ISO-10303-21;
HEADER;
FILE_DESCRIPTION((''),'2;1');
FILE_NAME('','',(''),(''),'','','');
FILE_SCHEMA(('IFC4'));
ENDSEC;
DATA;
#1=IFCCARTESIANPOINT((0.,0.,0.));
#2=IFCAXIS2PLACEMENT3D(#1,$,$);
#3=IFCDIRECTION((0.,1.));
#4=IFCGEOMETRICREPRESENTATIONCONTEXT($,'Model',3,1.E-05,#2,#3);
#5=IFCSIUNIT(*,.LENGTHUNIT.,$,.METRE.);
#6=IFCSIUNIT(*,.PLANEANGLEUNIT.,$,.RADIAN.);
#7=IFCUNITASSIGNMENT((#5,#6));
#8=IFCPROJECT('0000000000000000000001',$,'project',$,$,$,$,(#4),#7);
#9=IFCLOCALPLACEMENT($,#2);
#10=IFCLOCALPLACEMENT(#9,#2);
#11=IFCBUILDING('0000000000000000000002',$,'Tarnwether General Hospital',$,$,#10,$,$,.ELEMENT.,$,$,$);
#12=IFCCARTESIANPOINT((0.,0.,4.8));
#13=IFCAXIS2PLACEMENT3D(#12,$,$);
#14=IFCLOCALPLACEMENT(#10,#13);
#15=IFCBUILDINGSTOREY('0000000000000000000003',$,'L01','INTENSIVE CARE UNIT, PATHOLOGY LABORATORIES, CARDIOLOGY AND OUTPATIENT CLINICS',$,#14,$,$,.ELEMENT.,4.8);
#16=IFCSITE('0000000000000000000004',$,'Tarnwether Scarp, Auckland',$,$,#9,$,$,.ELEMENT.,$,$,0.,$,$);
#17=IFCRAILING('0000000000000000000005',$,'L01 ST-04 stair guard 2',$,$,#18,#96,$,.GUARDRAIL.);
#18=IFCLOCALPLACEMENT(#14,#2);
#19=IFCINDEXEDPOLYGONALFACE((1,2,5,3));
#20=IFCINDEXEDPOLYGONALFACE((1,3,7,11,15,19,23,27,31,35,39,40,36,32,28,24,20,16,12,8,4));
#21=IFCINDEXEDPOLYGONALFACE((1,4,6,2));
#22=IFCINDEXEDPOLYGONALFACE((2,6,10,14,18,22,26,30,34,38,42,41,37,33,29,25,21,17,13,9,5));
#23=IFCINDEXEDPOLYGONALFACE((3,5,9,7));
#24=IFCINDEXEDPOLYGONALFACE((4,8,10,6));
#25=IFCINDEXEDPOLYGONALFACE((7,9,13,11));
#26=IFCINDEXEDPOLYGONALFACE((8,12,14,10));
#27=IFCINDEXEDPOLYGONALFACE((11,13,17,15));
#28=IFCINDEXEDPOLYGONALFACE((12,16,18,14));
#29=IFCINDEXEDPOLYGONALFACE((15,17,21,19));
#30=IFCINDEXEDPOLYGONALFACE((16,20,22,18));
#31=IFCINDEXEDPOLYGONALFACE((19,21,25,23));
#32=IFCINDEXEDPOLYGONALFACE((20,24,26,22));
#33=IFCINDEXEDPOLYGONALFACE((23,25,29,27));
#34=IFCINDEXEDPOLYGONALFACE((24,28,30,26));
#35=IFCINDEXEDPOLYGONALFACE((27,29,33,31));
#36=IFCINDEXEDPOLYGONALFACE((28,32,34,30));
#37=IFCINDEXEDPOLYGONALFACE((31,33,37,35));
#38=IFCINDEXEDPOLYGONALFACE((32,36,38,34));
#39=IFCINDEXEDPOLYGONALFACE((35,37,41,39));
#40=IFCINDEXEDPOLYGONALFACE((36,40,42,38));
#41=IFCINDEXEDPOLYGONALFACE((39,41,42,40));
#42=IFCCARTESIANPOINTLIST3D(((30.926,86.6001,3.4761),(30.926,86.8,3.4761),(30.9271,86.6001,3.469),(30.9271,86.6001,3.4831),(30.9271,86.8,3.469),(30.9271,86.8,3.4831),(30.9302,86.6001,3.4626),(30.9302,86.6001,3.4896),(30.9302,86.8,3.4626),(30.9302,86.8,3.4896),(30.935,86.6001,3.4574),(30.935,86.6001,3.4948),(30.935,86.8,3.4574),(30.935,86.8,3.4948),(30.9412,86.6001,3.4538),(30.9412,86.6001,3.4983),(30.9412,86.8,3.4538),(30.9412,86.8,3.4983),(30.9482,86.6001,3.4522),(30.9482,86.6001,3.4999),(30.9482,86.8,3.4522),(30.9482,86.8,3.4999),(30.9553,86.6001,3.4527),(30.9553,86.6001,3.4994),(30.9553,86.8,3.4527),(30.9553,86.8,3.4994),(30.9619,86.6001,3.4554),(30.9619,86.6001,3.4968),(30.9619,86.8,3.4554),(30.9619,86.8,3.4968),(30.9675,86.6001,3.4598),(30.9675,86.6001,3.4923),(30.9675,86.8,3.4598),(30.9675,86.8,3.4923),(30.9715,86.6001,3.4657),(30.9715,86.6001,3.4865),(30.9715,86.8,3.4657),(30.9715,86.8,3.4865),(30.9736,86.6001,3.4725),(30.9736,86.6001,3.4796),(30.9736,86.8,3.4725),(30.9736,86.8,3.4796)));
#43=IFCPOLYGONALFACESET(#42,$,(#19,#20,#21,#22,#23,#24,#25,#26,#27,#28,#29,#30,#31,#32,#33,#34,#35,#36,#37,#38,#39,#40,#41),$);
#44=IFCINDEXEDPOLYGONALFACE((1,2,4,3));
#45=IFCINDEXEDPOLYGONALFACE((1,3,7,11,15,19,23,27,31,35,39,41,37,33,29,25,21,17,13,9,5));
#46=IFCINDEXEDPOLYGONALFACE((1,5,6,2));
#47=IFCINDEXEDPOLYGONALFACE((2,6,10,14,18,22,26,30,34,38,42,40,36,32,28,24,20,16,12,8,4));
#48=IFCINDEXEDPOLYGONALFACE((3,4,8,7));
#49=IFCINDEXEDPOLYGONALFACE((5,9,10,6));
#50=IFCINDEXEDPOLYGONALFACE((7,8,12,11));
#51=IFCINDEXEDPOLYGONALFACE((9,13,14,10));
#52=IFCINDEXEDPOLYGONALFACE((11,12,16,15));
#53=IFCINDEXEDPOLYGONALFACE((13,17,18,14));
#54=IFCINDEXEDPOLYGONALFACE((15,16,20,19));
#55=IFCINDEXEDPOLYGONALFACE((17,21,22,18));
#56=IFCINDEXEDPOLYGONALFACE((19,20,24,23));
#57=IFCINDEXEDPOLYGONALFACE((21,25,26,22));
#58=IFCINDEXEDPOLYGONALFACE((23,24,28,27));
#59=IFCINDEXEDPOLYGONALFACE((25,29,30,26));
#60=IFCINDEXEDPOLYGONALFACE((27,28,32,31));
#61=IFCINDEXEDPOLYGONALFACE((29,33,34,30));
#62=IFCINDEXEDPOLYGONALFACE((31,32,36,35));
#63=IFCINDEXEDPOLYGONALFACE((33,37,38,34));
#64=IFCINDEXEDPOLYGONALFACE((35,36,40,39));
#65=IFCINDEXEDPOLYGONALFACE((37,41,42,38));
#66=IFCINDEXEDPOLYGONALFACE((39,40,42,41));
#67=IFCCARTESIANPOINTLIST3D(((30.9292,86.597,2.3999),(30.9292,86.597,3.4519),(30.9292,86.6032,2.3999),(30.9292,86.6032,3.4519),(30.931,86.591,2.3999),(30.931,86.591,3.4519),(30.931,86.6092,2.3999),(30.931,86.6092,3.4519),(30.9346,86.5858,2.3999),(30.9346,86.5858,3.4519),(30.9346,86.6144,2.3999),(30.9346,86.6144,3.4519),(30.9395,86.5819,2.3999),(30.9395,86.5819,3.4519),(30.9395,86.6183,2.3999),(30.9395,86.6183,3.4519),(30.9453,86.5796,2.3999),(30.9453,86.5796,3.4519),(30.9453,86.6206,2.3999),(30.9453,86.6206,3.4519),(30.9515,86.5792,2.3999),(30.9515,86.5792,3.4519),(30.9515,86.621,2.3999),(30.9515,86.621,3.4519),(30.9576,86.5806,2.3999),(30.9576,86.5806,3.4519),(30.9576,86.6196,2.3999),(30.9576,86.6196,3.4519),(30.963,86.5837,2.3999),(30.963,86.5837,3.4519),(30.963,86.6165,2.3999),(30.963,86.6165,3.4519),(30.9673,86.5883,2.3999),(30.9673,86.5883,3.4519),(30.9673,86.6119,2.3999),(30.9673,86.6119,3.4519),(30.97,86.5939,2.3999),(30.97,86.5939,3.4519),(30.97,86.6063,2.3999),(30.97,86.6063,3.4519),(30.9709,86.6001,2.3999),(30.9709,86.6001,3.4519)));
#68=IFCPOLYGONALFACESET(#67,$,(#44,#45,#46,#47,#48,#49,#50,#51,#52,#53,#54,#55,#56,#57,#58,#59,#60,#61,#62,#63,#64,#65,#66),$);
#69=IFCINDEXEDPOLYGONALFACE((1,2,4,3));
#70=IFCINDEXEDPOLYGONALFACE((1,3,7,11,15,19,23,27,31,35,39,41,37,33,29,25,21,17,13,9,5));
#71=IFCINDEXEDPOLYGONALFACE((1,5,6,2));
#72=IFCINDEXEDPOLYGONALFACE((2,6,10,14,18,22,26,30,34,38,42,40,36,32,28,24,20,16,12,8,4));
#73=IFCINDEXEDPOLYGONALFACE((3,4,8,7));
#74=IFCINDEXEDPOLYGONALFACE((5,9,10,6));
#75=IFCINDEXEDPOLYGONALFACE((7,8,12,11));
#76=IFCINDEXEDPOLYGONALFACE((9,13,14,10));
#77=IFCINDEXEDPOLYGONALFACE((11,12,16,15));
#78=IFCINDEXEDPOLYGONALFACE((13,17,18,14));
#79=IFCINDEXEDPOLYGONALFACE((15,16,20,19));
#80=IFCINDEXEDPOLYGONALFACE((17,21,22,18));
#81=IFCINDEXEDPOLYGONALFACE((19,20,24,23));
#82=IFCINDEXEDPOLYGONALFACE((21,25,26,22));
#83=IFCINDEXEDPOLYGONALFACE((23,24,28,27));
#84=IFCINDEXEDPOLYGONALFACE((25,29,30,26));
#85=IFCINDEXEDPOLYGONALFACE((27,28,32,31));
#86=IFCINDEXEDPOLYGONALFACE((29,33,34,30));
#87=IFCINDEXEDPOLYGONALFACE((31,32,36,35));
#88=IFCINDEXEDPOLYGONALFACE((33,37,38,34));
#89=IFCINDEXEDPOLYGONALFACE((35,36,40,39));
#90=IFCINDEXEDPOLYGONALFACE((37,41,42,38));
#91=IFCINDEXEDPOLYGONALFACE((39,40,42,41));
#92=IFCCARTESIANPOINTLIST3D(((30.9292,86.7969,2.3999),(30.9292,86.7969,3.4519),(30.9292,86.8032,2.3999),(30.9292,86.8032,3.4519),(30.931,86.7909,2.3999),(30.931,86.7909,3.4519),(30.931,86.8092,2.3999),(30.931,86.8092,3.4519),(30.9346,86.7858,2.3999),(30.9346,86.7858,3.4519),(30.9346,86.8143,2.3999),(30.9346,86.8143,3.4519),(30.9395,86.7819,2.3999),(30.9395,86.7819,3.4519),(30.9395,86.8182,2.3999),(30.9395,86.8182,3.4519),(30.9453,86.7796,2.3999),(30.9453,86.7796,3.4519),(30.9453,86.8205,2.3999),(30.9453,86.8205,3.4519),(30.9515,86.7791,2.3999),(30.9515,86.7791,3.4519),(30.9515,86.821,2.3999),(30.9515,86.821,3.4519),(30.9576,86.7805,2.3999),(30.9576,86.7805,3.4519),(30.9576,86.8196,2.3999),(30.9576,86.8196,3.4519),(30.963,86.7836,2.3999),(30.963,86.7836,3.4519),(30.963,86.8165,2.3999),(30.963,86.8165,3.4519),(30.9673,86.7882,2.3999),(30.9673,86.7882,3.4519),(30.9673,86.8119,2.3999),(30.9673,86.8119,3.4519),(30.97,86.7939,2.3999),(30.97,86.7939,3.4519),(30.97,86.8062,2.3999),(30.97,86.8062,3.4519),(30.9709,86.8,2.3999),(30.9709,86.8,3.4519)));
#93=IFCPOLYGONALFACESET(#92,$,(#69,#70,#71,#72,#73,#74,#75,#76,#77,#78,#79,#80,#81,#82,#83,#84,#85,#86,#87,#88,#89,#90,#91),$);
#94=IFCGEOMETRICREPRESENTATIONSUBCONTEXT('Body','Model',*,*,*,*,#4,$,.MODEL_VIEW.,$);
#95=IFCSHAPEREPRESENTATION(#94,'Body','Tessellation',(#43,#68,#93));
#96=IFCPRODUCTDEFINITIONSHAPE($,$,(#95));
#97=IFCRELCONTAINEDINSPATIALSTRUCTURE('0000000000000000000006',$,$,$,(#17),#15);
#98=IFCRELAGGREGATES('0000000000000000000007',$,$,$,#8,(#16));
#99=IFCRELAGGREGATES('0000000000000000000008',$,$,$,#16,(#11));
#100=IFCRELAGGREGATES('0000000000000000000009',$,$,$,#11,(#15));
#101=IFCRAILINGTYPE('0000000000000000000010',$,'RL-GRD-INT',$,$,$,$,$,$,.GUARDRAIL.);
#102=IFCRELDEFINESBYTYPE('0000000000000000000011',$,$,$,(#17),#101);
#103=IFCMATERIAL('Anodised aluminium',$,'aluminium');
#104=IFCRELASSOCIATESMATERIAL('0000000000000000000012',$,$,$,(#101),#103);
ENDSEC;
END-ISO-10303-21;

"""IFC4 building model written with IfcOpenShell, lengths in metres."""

from ifc_helpers import new_model, si_unit, direction, frame, origin, origin_2d, place, context, subcontext, project, spatial, circle, extrude, material, type_object, element, save


model = new_model("IFC4")

# Units and contexts
model_context = context("Model", 3, precision=1e-05, world=origin(), true_north=direction((0.0, 1.0)))
body_context = subcontext(model_context, "Body", "Model", "MODEL_VIEW")
ifc_project = project(units=[si_unit("LENGTHUNIT", "METRE"), si_unit("PLANEANGLEUNIT", "RADIAN")], contexts=[model_context])

# Site, building, storey
site_placement = place(None, origin())
site = spatial("IfcSite", under=ifc_project, at=site_placement, Name="Tarnwether Scarp, Auckland", CompositionType="ELEMENT", RefElevation=0.0)
building_placement = place(site_placement, origin())
building = spatial("IfcBuilding", under=site, at=building_placement, Name="Tarnwether General Hospital", CompositionType="ELEMENT")
storey_placement = place(building_placement, frame((0.0, 0.0, 4.8)))
storey = spatial("IfcBuildingStorey", under=building, at=storey_placement, Name="L01", Description="INTENSIVE CARE UNIT, PATHOLOGY LABORATORIES, CARDIOLOGY AND OUTPATIENT CLINICS", CompositionType="ELEMENT", Elevation=4.8)

# Railing
ifc_material_1 = material(Name="Anodised aluminium", Category="aluminium")
railing_type_1 = type_object("IfcRailingType", Name="RL-GRD-INT", PredefinedType="GUARDRAIL", material=ifc_material_1)
railing_1_placement = place(storey_placement, frame((30.95, 86.6001, 2.3999)))
element("IfcRailing", 1, at=railing_1_placement, inside=storey, type_object=railing_type_1, Name="L01 ST-04 stair guard 2", PredefinedType="GUARDRAIL", context=body_context, shape_type="SweptSolid", body=[
    extrude(circle(Radius=0.0239, at=origin_2d()), frame((0.0, 0.0, 1.0762), z_axis=(0.0, 1.0, 0.0), x_axis=(-1.0, 0.0, 0.0)), (0.0, 0.0, 1.0), 0.2),
    extrude(circle(Radius=0.021, at=origin_2d()), origin(), (0.0, 0.0, 1.0), 1.052),
    extrude(circle(Radius=0.021, at=origin_2d()), frame((0.0, 0.2, 0.0)), (0.0, 0.0, 1.0), 1.052),
])

save(model, "model.ifc")
